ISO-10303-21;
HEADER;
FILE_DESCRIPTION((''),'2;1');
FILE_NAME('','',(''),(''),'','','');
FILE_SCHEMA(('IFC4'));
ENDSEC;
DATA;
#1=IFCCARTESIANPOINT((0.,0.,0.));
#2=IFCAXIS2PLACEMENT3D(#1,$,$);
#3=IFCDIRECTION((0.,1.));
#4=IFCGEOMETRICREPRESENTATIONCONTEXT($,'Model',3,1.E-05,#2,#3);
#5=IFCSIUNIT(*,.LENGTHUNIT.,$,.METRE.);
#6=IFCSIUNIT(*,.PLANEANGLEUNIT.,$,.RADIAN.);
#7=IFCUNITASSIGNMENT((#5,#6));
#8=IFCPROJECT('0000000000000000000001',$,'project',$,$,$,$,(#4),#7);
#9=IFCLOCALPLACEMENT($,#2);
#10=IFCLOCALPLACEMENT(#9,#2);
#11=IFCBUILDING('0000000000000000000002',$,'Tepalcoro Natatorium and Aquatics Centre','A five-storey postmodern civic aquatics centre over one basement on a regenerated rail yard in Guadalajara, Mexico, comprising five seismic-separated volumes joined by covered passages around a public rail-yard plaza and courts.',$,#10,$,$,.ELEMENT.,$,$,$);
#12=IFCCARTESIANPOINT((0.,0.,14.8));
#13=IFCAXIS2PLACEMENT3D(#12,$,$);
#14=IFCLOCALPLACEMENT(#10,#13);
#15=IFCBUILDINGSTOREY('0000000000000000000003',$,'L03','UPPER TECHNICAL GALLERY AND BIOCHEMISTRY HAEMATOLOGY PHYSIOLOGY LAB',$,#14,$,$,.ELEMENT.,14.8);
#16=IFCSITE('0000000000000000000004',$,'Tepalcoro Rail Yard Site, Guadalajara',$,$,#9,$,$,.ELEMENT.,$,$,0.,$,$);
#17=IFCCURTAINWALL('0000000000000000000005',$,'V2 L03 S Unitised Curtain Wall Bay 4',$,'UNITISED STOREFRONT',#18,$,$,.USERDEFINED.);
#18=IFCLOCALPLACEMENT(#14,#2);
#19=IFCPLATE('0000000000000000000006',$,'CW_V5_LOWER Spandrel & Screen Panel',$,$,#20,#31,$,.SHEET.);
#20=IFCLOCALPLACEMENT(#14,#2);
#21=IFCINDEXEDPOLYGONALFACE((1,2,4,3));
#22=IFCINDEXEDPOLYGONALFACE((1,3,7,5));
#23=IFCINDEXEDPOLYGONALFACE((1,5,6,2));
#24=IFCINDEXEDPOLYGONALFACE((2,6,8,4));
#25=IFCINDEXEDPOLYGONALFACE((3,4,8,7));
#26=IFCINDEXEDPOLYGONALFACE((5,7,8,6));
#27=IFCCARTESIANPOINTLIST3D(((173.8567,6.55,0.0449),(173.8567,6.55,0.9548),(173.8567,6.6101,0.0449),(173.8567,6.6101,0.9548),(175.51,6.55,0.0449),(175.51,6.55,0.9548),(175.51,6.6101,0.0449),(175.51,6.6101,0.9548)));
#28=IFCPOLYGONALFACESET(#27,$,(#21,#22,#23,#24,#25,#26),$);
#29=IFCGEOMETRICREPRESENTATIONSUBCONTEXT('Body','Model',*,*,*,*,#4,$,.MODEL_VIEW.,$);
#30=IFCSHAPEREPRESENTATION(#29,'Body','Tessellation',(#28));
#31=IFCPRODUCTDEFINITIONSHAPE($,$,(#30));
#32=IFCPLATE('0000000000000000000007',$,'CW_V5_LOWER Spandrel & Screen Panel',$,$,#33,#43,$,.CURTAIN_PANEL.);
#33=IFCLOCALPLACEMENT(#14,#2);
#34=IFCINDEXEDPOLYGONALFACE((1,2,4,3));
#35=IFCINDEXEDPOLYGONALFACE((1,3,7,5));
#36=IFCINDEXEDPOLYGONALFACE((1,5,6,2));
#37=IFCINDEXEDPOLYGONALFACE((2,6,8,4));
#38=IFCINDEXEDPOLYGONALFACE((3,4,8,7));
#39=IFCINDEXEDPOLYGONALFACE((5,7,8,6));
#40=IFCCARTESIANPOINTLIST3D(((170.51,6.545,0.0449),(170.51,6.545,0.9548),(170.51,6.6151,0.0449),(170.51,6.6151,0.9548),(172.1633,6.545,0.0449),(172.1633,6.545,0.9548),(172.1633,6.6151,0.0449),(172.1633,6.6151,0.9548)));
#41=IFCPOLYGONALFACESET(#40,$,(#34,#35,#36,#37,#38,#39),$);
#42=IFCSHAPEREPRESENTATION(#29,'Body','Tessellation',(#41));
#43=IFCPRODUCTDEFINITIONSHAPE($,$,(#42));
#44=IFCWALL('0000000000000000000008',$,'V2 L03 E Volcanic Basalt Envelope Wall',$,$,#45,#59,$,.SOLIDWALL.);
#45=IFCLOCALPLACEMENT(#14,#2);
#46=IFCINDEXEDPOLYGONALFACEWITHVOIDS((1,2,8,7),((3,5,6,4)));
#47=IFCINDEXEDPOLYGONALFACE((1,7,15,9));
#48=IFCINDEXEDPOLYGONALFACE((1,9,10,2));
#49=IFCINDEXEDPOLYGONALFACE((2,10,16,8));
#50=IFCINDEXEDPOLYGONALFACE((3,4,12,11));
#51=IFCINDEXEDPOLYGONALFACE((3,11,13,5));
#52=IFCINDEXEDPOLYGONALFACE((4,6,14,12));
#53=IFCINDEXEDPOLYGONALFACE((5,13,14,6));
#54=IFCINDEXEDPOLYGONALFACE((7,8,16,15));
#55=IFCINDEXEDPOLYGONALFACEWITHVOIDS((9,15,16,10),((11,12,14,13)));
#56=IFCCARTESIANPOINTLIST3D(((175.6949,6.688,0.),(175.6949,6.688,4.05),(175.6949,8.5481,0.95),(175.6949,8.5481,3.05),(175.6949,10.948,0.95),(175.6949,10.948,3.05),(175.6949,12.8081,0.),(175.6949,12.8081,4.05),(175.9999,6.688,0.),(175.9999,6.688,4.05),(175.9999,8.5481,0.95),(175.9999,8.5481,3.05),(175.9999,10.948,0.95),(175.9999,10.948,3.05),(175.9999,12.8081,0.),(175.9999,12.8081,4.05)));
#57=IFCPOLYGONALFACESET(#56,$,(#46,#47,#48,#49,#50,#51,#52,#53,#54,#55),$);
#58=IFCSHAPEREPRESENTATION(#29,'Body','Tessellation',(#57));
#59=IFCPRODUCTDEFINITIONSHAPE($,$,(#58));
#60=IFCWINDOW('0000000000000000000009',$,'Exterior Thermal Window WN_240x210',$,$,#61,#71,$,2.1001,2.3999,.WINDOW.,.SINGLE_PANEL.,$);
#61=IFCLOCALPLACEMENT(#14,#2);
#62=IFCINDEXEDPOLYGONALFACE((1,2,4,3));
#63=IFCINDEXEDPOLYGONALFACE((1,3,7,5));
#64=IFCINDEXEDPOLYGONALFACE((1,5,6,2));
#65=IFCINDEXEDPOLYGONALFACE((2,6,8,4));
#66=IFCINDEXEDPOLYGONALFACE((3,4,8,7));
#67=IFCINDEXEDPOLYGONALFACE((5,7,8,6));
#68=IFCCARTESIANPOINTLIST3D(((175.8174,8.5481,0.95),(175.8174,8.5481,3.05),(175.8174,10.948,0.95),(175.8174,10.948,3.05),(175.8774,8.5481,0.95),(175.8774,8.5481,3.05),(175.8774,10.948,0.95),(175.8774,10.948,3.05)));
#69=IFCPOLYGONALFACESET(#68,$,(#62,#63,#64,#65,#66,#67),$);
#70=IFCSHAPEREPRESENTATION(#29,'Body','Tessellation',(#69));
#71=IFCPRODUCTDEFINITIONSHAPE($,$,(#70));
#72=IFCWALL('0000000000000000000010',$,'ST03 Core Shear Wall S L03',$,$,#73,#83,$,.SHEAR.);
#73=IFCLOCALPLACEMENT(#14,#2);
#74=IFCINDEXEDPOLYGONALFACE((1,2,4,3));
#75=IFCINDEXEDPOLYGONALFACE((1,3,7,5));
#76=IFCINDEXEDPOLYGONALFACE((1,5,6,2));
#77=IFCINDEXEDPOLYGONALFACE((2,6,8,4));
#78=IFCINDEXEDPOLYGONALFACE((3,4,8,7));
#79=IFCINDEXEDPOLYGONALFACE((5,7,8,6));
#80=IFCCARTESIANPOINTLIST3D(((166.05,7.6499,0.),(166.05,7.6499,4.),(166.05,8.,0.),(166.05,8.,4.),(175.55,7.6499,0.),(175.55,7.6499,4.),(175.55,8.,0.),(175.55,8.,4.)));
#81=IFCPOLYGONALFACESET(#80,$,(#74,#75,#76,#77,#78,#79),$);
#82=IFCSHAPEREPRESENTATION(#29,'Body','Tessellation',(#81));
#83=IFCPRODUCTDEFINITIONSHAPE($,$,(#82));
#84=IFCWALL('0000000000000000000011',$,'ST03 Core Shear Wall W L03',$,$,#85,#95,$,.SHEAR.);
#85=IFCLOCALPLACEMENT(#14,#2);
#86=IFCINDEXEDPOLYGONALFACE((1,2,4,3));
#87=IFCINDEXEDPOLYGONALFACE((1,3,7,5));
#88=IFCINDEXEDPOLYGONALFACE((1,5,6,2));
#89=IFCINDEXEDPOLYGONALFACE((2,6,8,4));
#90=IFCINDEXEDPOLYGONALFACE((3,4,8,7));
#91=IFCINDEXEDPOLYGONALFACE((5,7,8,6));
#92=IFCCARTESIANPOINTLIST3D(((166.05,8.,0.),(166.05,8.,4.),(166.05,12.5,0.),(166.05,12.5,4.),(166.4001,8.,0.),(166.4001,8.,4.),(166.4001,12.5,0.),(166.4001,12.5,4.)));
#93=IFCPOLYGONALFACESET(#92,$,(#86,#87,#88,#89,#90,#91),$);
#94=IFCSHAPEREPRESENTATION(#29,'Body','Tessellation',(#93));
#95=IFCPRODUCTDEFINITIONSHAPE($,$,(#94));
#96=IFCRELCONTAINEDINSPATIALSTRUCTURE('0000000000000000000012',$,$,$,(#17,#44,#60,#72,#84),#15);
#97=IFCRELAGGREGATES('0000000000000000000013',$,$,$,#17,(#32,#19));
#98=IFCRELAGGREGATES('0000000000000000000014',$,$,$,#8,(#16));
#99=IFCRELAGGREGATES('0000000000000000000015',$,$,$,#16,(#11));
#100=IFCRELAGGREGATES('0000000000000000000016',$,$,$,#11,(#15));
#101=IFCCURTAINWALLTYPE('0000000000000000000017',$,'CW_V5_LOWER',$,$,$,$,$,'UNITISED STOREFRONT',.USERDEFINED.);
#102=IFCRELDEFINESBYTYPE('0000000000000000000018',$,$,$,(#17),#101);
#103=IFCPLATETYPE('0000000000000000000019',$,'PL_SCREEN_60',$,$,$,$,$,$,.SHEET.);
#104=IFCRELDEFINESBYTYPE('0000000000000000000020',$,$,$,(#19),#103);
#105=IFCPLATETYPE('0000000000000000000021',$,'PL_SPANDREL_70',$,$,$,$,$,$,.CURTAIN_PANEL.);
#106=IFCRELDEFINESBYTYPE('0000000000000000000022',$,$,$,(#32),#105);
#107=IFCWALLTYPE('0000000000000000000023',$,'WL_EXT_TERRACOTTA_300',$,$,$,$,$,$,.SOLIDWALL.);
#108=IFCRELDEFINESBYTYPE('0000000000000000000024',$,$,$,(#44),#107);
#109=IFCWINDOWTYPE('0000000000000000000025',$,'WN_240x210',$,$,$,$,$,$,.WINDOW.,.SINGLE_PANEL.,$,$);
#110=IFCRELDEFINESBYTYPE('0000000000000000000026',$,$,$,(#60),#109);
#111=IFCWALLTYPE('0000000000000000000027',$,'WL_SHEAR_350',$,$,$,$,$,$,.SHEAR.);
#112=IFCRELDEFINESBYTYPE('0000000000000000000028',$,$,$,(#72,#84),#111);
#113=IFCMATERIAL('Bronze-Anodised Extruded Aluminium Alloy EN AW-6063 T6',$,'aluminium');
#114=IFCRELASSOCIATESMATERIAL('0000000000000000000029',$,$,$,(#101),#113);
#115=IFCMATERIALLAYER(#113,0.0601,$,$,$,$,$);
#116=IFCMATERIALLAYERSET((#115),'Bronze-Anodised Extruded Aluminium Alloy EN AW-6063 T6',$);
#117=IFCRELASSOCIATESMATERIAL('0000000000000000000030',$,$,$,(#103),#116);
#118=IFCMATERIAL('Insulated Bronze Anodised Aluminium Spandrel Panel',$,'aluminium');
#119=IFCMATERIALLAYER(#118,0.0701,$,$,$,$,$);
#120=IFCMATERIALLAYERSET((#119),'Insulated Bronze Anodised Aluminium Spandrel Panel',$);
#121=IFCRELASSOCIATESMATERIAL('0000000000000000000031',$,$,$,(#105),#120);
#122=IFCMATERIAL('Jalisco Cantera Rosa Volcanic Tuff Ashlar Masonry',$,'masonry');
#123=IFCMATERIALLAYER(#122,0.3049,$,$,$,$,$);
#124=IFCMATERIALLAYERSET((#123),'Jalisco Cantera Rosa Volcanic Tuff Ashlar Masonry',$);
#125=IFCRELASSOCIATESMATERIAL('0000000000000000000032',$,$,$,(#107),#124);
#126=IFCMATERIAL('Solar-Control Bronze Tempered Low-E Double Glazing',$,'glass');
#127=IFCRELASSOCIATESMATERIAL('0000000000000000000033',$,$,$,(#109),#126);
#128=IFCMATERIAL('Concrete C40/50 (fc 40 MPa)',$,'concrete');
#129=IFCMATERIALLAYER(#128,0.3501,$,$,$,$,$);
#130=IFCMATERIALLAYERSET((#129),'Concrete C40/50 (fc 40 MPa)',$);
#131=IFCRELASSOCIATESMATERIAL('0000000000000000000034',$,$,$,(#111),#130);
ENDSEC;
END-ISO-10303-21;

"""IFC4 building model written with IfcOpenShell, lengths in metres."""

from ifc_helpers import new_model, si_unit, direction, frame, frame_2d, origin, origin_2d, place, context, subcontext, project, spatial, rectangle, extrude, material, layer, layer_set, type_object, element, fill, aggregate, save


model = new_model("IFC4")

# Units and contexts
model_context = context("Model", 3, precision=1e-05, world=origin(), true_north=direction((0.0, 1.0)))
body_context = subcontext(model_context, "Body", "Model", "MODEL_VIEW")
ifc_project = project(units=[si_unit("LENGTHUNIT", "METRE"), si_unit("PLANEANGLEUNIT", "RADIAN")], contexts=[model_context])

# Site, building, storey
site_placement = place(None, origin())
site = spatial("IfcSite", under=ifc_project, at=site_placement, Name="Tepalcoro Rail Yard Site, Guadalajara", CompositionType="ELEMENT", RefElevation=0.0)
building_placement = place(site_placement, origin())
building = spatial("IfcBuilding", under=site, at=building_placement, Name="Tepalcoro Natatorium and Aquatics Centre", Description="A five-storey postmodern civic aquatics centre over one basement on a regenerated rail yard in Guadalajara, Mexico, comprising five seismic-separated volumes joined by covered passages around a public rail-yard plaza and courts.", CompositionType="ELEMENT")
storey_placement = place(building_placement, frame((0.0, 0.0, 14.8)))
storey = spatial("IfcBuildingStorey", under=building, at=storey_placement, Name="L03", Description="UPPER TECHNICAL GALLERY AND BIOCHEMISTRY HAEMATOLOGY PHYSIOLOGY LAB", CompositionType="ELEMENT", Elevation=14.8)

# Curtain wall
ifc_material_1 = material(Name="Bronze-Anodised Extruded Aluminium Alloy EN AW-6063 T6", Category="aluminium")
curtain_wall_type = type_object("IfcCurtainWallType", Name="CW_V5_LOWER", ElementType="UNITISED STOREFRONT", PredefinedType="USERDEFINED", material=ifc_material_1)
curtain_wall_placement = place(storey_placement, origin())
curtain_wall = element("IfcCurtainWall", 1, at=curtain_wall_placement, inside=storey, type_object=curtain_wall_type, Name="V2 L03 S Unitised Curtain Wall Bay 4", ObjectType="UNITISED STOREFRONT", PredefinedType="USERDEFINED")

# Plates
ifc_material_2 = material(Name="Solar-Control Bronze Tempered Low-E Double Glazing", Category="glass")
ifc_material_3 = material(Name="Jalisco Cantera Rosa Volcanic Tuff Ashlar Masonry", Category="masonry")
ifc_layer_1 = layer(ifc_material_1, 0.0601)
ifc_layer_set_1 = layer_set([ifc_layer_1], Name="Bronze-Anodised Extruded Aluminium Alloy EN AW-6063 T6")
plate_type_1 = type_object("IfcPlateType", Name="PL_SCREEN_60", PredefinedType="SHEET", material=ifc_layer_set_1)
plate_1_placement = place(storey_placement, frame((174.6833, 6.5801, 0.0449), z_axis=(0.0, 0.0, 1.0), x_axis=(1.0, 0.0, 0.0)))
plate_1 = element("IfcPlate", 2, at=plate_1_placement, type_object=plate_type_1, Name="CW_V5_LOWER Spandrel & Screen Panel", PredefinedType="SHEET", context=body_context, shape_type="SweptSolid", body=[
    extrude(rectangle(XDim=1.6533, YDim=0.0601, at=origin_2d()), origin(), (0.0, 0.0, 1.0), 0.9099),
])
ifc_material_4 = material(Name="Insulated Bronze Anodised Aluminium Spandrel Panel", Category="aluminium")
ifc_layer_2 = layer(ifc_material_4, 0.0701)
ifc_layer_set_2 = layer_set([ifc_layer_2], Name="Insulated Bronze Anodised Aluminium Spandrel Panel")
plate_type_2 = type_object("IfcPlateType", Name="PL_SPANDREL_70", PredefinedType="CURTAIN_PANEL", material=ifc_layer_set_2)
plate_2_placement = place(storey_placement, frame((171.3367, 6.5801, 0.0449), z_axis=(0.0, 0.0, 1.0), x_axis=(1.0, 0.0, 0.0)))
plate_2 = element("IfcPlate", 3, at=plate_2_placement, type_object=plate_type_2, Name="CW_V5_LOWER Spandrel & Screen Panel", PredefinedType="CURTAIN_PANEL", context=body_context, shape_type="SweptSolid", body=[
    extrude(rectangle(XDim=1.6533, YDim=0.0701, at=origin_2d()), origin(), (0.0, 0.0, 1.0), 0.9099),
])
aggregate(curtain_wall, [plate_2, plate_1])

# Wall, opening, window
ifc_layer_3 = layer(ifc_material_3, 0.3049)
ifc_layer_set_3 = layer_set([ifc_layer_3], Name="Jalisco Cantera Rosa Volcanic Tuff Ashlar Masonry")
wall_type_1 = type_object("IfcWallType", Name="WL_EXT_TERRACOTTA_300", PredefinedType="SOLIDWALL", material=ifc_layer_set_3)
wall_1_placement = place(storey_placement, frame((175.8474, 6.688, 0.0), z_axis=(0.0, 0.0, 1.0), x_axis=(0.0, 1.0, 0.0)))
wall_1 = element("IfcWall", 4, at=wall_1_placement, inside=storey, type_object=wall_type_1, Name="V2 L03 E Volcanic Basalt Envelope Wall", PredefinedType="SOLIDWALL", context=body_context, shape_type="SweptSolid", body=[
    extrude(rectangle(XDim=6.1201, YDim=0.3049, at=frame_2d((3.0601, 0.0))), origin(), (0.0, 0.0, 1.0), 4.05),
])
opening_placement = place(wall_1_placement, frame((1.8601, 0.0, 0.95)))
opening = element("IfcOpeningElement", 5, at=opening_placement, cuts=wall_1, PredefinedType="OPENING", context=body_context, shape_type="SweptSolid", body=[
    extrude(rectangle(XDim=2.3999, YDim=2.1001, at=frame_2d((1.2, 1.05))), frame((0.0, 0.1646, 0.0), z_axis=(0.0, -1.0, 0.0), x_axis=(1.0, 0.0, 0.0)), (0.0, 0.0, 1.0), 0.3289),
])
window_type = type_object("IfcWindowType", Name="WN_240x210", PartitioningType="SINGLE_PANEL", PredefinedType="WINDOW", material=ifc_material_2)
window_placement = place(opening_placement, origin())
window = element("IfcWindow", 6, at=window_placement, inside=storey, type_object=window_type, Name="Exterior Thermal Window WN_240x210", OverallHeight=2.1001, OverallWidth=2.3999, PartitioningType="SINGLE_PANEL", PredefinedType="WINDOW", context=body_context, shape_type="SweptSolid", body=[
    extrude(rectangle(XDim=2.3999, YDim=2.1001, at=frame_2d((1.2, 1.05))), frame((0.0, 0.03, 0.0), z_axis=(0.0, -1.0, 0.0), x_axis=(1.0, 0.0, 0.0)), (0.0, 0.0, 1.0), 0.0601),
])
fill(opening, window)

# Walls
ifc_material_5 = material(Name="Concrete C40/50 (fc 40 MPa)", Category="concrete")
ifc_layer_4 = layer(ifc_material_5, 0.3501)
ifc_layer_set_4 = layer_set([ifc_layer_4], Name="Concrete C40/50 (fc 40 MPa)")
wall_type_2 = type_object("IfcWallType", Name="WL_SHEAR_350", PredefinedType="SHEAR", material=ifc_layer_set_4)
wall_2_placement = place(storey_placement, frame((166.05, 7.825, 0.0), z_axis=(0.0, 0.0, 1.0), x_axis=(1.0, 0.0, 0.0)))
element("IfcWall", 7, at=wall_2_placement, inside=storey, type_object=wall_type_2, Name="ST03 Core Shear Wall S L03", PredefinedType="SHEAR", context=body_context, shape_type="SweptSolid", body=[
    extrude(rectangle(XDim=9.5, YDim=0.3501, at=frame_2d((4.75, 0.0))), origin(), (0.0, 0.0, 1.0), 4.0),
])
wall_3_placement = place(storey_placement, frame((166.2251, 8.0, 0.0), z_axis=(0.0, 0.0, 1.0), x_axis=(0.0, 1.0, 0.0)))
element("IfcWall", 8, at=wall_3_placement, inside=storey, type_object=wall_type_2, Name="ST03 Core Shear Wall W L03", PredefinedType="SHEAR", context=body_context, shape_type="SweptSolid", body=[
    extrude(rectangle(XDim=4.5, YDim=0.3501, at=frame_2d((2.25, 0.0))), origin(), (0.0, 0.0, 1.0), 4.0),
])

save(model, "model.ifc")
